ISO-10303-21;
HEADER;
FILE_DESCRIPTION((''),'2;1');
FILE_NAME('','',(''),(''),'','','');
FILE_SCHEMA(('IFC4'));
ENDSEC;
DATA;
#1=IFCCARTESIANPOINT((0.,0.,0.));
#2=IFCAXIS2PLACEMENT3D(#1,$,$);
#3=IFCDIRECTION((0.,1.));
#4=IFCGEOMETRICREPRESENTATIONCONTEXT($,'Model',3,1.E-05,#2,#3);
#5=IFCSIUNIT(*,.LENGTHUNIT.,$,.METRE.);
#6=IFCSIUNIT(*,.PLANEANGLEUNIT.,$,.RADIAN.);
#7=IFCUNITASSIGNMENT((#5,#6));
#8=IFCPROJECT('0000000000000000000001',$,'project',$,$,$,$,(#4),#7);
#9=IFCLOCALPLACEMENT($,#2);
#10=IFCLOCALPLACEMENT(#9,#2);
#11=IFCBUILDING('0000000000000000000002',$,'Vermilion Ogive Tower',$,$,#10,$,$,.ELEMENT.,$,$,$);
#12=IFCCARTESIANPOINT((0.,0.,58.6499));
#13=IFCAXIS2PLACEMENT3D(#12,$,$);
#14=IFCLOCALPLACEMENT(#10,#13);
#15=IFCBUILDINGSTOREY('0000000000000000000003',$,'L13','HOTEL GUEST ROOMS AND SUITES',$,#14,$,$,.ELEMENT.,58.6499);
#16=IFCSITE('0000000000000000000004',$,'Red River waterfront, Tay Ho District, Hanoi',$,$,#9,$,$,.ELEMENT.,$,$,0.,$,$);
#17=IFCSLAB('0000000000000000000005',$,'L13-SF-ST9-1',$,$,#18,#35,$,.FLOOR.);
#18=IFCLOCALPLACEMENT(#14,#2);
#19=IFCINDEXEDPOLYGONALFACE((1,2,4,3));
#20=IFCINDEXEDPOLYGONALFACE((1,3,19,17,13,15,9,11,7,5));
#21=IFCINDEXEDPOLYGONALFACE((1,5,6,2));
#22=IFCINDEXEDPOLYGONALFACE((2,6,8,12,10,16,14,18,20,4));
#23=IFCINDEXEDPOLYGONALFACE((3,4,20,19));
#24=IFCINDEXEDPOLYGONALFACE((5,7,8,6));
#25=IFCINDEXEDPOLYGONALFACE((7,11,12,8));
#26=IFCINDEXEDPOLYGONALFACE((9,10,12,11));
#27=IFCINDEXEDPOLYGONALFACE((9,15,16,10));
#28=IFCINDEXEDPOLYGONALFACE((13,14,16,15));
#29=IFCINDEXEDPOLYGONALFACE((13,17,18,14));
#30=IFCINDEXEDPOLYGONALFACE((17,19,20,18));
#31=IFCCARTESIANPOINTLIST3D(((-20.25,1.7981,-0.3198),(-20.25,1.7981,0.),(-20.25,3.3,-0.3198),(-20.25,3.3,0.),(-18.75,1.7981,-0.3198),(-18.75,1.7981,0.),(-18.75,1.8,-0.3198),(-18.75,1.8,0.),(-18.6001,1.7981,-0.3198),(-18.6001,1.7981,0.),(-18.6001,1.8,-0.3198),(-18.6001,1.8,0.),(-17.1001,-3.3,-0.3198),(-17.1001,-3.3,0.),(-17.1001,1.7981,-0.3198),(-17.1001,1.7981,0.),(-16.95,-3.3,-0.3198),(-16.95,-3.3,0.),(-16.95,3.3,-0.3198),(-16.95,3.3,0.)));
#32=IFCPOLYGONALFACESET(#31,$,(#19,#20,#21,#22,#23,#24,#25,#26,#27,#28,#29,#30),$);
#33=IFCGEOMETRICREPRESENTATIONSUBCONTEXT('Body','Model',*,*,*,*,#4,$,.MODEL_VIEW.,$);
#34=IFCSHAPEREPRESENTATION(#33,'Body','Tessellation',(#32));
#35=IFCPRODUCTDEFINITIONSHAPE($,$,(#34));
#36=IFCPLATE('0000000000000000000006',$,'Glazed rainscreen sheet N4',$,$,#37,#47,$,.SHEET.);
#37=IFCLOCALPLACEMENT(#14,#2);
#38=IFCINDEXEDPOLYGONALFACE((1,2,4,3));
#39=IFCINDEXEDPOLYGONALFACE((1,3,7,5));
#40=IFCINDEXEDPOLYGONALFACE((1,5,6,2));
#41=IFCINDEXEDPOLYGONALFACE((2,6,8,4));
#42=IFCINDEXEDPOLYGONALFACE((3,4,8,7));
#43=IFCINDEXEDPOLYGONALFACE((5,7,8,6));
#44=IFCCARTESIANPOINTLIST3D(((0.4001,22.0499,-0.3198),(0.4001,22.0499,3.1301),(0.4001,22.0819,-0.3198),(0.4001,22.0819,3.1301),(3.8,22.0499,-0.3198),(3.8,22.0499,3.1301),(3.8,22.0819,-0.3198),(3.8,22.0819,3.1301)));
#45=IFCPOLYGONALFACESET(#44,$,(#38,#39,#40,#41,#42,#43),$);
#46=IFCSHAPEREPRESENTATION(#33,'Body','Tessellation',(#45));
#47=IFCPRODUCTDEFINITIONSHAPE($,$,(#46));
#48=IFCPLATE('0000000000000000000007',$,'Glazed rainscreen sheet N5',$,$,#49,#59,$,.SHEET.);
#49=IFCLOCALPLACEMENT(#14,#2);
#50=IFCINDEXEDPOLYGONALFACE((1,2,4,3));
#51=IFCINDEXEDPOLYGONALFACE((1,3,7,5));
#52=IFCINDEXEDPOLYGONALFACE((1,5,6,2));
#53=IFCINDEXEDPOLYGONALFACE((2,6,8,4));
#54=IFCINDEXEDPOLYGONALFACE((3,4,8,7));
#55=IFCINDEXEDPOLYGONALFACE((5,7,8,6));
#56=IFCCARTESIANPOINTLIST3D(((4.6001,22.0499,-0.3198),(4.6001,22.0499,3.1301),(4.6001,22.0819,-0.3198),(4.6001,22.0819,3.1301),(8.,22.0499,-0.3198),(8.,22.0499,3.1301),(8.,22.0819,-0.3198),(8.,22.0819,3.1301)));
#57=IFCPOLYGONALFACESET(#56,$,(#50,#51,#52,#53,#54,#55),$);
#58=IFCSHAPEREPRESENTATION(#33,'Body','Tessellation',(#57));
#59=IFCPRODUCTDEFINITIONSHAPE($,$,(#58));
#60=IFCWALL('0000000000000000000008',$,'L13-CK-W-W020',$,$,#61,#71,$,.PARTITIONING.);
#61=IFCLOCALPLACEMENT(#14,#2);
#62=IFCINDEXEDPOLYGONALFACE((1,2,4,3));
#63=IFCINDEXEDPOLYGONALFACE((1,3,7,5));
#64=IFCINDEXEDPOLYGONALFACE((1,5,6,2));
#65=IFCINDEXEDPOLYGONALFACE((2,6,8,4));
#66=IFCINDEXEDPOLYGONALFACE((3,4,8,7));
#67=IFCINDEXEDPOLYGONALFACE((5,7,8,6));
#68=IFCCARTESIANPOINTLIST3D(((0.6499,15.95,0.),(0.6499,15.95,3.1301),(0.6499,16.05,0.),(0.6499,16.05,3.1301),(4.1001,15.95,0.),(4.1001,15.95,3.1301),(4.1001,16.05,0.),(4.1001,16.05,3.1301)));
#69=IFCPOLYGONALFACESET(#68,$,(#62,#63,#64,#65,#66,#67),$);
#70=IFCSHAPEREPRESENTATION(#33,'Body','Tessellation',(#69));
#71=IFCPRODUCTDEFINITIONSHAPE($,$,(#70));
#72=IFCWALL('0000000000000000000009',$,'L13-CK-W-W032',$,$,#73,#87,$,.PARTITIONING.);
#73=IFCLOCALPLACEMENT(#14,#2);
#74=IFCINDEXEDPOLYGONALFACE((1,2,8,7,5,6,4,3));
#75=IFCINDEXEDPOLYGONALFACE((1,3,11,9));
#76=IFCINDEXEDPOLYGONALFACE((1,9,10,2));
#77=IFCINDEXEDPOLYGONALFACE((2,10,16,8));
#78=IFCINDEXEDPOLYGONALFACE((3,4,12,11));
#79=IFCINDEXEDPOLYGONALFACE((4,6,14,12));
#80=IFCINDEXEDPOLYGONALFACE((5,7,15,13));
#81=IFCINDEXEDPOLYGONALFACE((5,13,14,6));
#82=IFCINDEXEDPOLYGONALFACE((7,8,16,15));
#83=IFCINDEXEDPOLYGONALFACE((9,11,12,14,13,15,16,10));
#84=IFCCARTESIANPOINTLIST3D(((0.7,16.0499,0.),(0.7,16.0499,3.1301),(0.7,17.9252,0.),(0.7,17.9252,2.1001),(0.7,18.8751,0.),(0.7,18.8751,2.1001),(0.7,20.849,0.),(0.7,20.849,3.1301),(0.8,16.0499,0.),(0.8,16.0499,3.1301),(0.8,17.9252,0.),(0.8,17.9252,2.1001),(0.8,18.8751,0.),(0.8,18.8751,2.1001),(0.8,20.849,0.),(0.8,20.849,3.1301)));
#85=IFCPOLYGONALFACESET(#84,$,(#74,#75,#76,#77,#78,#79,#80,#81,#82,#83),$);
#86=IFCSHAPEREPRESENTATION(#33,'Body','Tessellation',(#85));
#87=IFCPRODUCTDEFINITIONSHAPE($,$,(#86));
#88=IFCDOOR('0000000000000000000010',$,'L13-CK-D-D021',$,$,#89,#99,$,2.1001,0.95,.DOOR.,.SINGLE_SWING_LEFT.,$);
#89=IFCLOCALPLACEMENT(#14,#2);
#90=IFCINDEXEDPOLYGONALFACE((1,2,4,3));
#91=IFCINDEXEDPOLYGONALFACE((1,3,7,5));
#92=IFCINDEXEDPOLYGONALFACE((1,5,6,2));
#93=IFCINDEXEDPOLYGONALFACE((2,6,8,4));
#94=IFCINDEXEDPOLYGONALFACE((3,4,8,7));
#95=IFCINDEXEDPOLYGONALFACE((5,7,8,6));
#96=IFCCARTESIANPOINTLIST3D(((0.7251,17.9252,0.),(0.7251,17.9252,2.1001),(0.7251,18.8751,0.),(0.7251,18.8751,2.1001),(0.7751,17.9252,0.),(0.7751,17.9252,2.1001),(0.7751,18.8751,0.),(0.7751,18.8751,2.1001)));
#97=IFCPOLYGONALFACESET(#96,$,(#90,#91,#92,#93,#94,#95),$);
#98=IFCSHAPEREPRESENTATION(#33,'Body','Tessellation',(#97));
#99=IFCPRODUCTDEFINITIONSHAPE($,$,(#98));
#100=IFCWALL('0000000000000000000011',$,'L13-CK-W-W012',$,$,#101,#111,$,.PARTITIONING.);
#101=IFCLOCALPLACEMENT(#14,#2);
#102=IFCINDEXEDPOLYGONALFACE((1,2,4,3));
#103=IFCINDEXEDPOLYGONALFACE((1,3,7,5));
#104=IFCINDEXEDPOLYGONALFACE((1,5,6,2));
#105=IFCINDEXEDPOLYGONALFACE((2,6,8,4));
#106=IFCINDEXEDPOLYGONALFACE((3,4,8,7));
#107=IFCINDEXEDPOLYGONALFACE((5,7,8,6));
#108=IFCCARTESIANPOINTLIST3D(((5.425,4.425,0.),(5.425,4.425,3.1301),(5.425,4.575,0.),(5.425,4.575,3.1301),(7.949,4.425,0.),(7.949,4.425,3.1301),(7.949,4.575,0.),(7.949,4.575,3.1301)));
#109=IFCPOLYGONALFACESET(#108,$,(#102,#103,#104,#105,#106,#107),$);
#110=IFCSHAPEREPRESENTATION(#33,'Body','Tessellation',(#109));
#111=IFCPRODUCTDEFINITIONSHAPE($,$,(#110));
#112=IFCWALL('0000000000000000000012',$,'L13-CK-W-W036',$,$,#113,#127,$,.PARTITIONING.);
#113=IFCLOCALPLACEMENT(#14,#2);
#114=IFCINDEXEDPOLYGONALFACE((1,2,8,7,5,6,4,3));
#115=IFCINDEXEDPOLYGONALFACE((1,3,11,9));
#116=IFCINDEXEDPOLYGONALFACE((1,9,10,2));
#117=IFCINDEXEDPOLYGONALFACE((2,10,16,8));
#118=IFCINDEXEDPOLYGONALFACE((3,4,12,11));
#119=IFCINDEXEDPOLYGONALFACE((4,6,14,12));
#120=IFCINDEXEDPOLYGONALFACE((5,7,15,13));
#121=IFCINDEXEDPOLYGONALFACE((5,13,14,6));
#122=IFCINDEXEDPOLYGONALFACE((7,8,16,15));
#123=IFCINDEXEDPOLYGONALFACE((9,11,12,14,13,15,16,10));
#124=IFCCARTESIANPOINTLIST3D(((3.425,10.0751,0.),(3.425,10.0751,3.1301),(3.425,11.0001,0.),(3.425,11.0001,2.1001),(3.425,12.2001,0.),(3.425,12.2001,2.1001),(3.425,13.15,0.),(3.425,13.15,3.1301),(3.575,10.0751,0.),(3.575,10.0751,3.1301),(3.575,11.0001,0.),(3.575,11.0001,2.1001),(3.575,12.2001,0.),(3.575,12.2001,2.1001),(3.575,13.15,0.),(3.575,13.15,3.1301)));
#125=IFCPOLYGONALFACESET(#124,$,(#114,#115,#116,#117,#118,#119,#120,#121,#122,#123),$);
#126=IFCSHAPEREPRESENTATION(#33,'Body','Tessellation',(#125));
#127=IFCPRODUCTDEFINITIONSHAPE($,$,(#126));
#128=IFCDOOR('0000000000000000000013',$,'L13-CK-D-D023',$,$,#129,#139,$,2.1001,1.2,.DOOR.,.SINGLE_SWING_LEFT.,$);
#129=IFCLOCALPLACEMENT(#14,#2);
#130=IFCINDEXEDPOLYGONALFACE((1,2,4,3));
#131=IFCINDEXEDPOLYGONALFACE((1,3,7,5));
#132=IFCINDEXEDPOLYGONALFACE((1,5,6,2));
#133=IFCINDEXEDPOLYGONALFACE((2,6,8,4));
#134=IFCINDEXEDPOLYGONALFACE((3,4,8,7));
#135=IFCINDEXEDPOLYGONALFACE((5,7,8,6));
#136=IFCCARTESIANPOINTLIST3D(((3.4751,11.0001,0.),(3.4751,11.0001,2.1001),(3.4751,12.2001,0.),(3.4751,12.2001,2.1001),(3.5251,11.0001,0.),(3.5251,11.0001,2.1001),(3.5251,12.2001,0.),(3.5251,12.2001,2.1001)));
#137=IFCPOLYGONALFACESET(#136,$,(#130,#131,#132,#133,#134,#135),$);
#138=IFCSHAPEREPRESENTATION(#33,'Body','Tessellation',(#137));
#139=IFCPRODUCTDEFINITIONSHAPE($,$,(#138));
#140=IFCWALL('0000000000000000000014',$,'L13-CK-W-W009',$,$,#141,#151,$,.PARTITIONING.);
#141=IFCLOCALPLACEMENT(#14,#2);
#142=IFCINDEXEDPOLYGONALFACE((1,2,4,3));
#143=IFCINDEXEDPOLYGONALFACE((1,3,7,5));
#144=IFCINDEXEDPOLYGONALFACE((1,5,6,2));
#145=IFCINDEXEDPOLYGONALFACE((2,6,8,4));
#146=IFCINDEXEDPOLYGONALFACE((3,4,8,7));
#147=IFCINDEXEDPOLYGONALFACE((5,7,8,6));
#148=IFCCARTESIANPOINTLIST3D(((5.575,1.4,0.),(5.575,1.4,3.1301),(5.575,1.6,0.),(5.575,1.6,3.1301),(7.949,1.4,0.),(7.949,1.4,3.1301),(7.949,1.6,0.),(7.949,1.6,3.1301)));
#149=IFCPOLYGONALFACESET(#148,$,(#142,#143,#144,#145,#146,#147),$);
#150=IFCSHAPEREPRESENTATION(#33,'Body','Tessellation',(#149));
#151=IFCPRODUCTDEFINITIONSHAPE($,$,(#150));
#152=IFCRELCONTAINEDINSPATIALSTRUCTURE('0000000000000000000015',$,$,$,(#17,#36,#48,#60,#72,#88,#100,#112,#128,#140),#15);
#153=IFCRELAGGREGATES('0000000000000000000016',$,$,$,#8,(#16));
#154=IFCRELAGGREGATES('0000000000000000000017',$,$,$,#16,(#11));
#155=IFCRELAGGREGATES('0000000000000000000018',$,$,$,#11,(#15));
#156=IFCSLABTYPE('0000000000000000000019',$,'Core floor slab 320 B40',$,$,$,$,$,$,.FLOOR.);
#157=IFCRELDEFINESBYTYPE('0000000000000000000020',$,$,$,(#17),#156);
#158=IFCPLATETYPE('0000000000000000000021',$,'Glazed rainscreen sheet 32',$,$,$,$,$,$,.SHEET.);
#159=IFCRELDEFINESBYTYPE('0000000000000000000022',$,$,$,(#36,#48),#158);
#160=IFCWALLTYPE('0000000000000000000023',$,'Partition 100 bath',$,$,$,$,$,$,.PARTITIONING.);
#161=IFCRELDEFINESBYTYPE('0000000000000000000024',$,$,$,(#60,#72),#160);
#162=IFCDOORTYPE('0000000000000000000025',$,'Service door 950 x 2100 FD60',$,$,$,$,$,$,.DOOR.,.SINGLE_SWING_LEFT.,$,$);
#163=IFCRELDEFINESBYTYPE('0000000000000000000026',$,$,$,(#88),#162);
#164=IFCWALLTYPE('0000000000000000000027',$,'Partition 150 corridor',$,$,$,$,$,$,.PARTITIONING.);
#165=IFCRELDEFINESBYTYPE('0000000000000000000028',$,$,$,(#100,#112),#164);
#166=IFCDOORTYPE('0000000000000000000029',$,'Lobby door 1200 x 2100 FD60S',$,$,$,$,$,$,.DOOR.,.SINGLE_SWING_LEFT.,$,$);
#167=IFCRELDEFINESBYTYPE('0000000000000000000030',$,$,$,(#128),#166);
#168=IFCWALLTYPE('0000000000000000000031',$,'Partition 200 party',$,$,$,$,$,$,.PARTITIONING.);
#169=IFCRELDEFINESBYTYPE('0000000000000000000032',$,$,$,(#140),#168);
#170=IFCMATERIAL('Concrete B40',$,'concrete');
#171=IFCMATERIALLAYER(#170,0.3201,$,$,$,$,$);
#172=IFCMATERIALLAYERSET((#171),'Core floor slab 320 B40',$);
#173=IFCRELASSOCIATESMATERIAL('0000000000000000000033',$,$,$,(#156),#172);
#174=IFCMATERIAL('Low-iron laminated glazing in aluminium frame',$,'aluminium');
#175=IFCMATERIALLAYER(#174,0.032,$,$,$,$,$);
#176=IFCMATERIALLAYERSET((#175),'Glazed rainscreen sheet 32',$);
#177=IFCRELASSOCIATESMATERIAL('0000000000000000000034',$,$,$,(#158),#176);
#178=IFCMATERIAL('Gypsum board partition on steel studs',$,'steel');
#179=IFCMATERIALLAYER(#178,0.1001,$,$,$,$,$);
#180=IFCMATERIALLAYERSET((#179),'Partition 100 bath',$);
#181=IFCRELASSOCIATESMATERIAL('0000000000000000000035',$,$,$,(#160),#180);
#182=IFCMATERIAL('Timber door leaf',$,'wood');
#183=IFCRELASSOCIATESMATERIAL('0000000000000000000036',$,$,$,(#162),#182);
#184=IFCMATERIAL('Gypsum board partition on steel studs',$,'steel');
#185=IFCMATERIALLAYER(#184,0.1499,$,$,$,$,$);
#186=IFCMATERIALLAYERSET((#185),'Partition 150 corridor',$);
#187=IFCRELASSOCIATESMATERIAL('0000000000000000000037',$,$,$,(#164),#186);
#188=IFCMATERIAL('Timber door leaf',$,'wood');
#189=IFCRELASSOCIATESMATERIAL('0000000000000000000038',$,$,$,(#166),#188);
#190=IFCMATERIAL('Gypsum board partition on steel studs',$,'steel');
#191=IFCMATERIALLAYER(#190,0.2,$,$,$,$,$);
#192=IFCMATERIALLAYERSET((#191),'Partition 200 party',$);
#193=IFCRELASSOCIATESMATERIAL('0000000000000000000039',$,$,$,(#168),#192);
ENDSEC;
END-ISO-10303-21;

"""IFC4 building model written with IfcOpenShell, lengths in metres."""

from ifc_helpers import new_model, si_unit, direction, frame, frame_2d, origin, origin_2d, place, context, subcontext, project, spatial, polyline, rectangle, outline, extrude, material, layer, layer_set, type_object, element, fill, save


model = new_model("IFC4")

# Units and contexts
model_context = context("Model", 3, precision=1e-05, world=origin(), true_north=direction((0.0, 1.0)))
body_context = subcontext(model_context, "Body", "Model", "MODEL_VIEW")
ifc_project = project(units=[si_unit("LENGTHUNIT", "METRE"), si_unit("PLANEANGLEUNIT", "RADIAN")], contexts=[model_context])

# Site, building, storey
site_placement = place(None, origin())
site = spatial("IfcSite", under=ifc_project, at=site_placement, Name="Red River waterfront, Tay Ho District, Hanoi", CompositionType="ELEMENT", RefElevation=0.0)
building_placement = place(site_placement, origin())
building = spatial("IfcBuilding", under=site, at=building_placement, Name="Vermilion Ogive Tower", CompositionType="ELEMENT")
storey_placement = place(building_placement, frame((0.0, 0.0, 58.6499)))
storey = spatial("IfcBuildingStorey", under=building, at=storey_placement, Name="L13", Description="HOTEL GUEST ROOMS AND SUITES", CompositionType="ELEMENT", Elevation=58.6499)

# Slab
ifc_material_1 = material(Name="Concrete B40", Category="concrete")
ifc_layer_1 = layer(ifc_material_1, 0.3201)
ifc_layer_set_1 = layer_set([ifc_layer_1], Name="Core floor slab 320 B40")
slab_type = type_object("IfcSlabType", Name="Core floor slab 320 B40", PredefinedType="FLOOR", material=ifc_layer_set_1)
slab_placement = place(storey_placement, frame((0.0, 0.0, -0.3198)))
element("IfcSlab", 1, at=slab_placement, inside=storey, type_object=slab_type, Name="L13-SF-ST9-1", PredefinedType="FLOOR", context=body_context, shape_type="SweptSolid", body=[
    extrude(outline(polyline([(-20.25, 3.3), (-20.25, 1.7981), (-18.75, 1.7981), (-18.75, 1.8), (-18.6001, 1.8), (-18.6001, 1.7981), (-17.1001, 1.7981), (-17.1001, -3.3), (-16.95, -3.3), (-16.95, 3.3), (-20.25, 3.3)])), origin(), (0.0, 0.0, 1.0), 0.3198),
])

# Plates
ifc_material_2 = material(Name="Low-iron laminated glazing in aluminium frame", Category="aluminium")
ifc_layer_2 = layer(ifc_material_2, 0.032)
ifc_layer_set_2 = layer_set([ifc_layer_2], Name="Glazed rainscreen sheet 32")
plate_type = type_object("IfcPlateType", Name="Glazed rainscreen sheet 32", PredefinedType="SHEET", material=ifc_layer_set_2)
for number, where, z_axis, x_axis, name in (
    (2, (2.1001, 22.0659, -0.3198), (0.0, 0.0, 1.0), (1.0, 0.0, 0.0), "Glazed rainscreen sheet N4"),
    (3, (6.3, 22.0659, -0.3198), (0.0, 0.0, 1.0), (1.0, 0.0, 0.0), "Glazed rainscreen sheet N5"),
):
    element("IfcPlate", number, at=place(storey_placement, frame(where, z_axis=z_axis, x_axis=x_axis)), inside=storey, type_object=plate_type, Name=name, PredefinedType="SHEET", context=body_context, shape_type="SweptSolid", body=[
        extrude(rectangle(XDim=3.3999, YDim=0.032, at=origin_2d()), origin(), (0.0, 0.0, 1.0), 3.45),
    ])

# Wall
ifc_material_3 = material(Name="Gypsum board partition on steel studs", Category="steel")
ifc_layer_3 = layer(ifc_material_3, 0.1001)
ifc_layer_set_3 = layer_set([ifc_layer_3], Name="Partition 100 bath")
wall_type_1 = type_object("IfcWallType", Name="Partition 100 bath", PredefinedType="PARTITIONING", material=ifc_layer_set_3)
wall_1_placement = place(storey_placement, frame((0.6499, 16.0, 0.0), z_axis=(0.0, 0.0, 1.0), x_axis=(1.0, 0.0, 0.0)))
element("IfcWall", 4, at=wall_1_placement, inside=storey, type_object=wall_type_1, Name="L13-CK-W-W020", PredefinedType="PARTITIONING", context=body_context, shape_type="SweptSolid", body=[
    extrude(rectangle(XDim=3.4502, YDim=0.1001, at=frame_2d((1.7251, 0.0))), origin(), (0.0, 0.0, 1.0), 3.1301),
])

# Wall, opening, door
wall_2_placement = place(storey_placement, frame((0.75, 16.05, 0.0), z_axis=(0.0, 0.0, 1.0), x_axis=(0.0, 1.0, 0.0)))
wall_2 = element("IfcWall", 5, at=wall_2_placement, inside=storey, type_object=wall_type_1, Name="L13-CK-W-W032", PredefinedType="PARTITIONING", context=body_context, shape_type="SweptSolid", body=[
    extrude(rectangle(XDim=4.7991, YDim=0.1001, at=frame_2d((2.3994, 0.0))), origin(), (0.0, 0.0, 1.0), 3.1301),
])
opening_1_placement = place(wall_2_placement, frame((1.875, 0.0, 0.0)))
opening_1 = element("IfcOpeningElement", 6, at=opening_1_placement, cuts=wall_2, PredefinedType="OPENING", context=body_context, shape_type="SweptSolid", body=[
    extrude(rectangle(XDim=0.95, YDim=2.1001, at=frame_2d((0.4751, 1.05))), frame((0.0, 0.0601, 0.0), z_axis=(0.0, -1.0, 0.0), x_axis=(1.0, 0.0, 0.0)), (0.0, 0.0, 1.0), 0.1201),
])
ifc_material_4 = material(Name="Timber door leaf", Category="wood")
door_type_1 = type_object("IfcDoorType", Name="Service door 950 x 2100 FD60", OperationType="SINGLE_SWING_LEFT", PredefinedType="DOOR", material=ifc_material_4)
door_1_placement = place(opening_1_placement, origin())
door_1 = element("IfcDoor", 7, at=door_1_placement, inside=storey, type_object=door_type_1, Name="L13-CK-D-D021", OperationType="SINGLE_SWING_LEFT", OverallHeight=2.1001, OverallWidth=0.95, PredefinedType="DOOR", context=body_context, shape_type="SweptSolid", body=[
    extrude(rectangle(XDim=0.95, YDim=2.1001, at=frame_2d((0.4751, 1.05))), frame((0.0, 0.0249, 0.0), z_axis=(0.0, -1.0, 0.0), x_axis=(1.0, 0.0, 0.0)), (0.0, 0.0, 1.0), 0.05),
])
fill(opening_1, door_1)

# Wall
ifc_material_5 = material(Name="Gypsum board partition on steel studs", Category="steel")
ifc_layer_4 = layer(ifc_material_5, 0.1499)
ifc_layer_set_4 = layer_set([ifc_layer_4], Name="Partition 150 corridor")
wall_type_2 = type_object("IfcWallType", Name="Partition 150 corridor", PredefinedType="PARTITIONING", material=ifc_layer_set_4)
wall_3_placement = place(storey_placement, frame((5.425, 4.5, 0.0), z_axis=(0.0, 0.0, 1.0), x_axis=(1.0, 0.0, 0.0)))
element("IfcWall", 8, at=wall_3_placement, inside=storey, type_object=wall_type_2, Name="L13-CK-W-W012", PredefinedType="PARTITIONING", context=body_context, shape_type="SweptSolid", body=[
    extrude(rectangle(XDim=2.5239, YDim=0.1499, at=frame_2d((1.262, 0.0))), origin(), (0.0, 0.0, 1.0), 3.1301),
])

# Wall, opening, door
wall_4_placement = place(storey_placement, frame((3.5, 10.075, 0.0), z_axis=(0.0, 0.0, 1.0), x_axis=(0.0, 1.0, 0.0)))
wall_4 = element("IfcWall", 9, at=wall_4_placement, inside=storey, type_object=wall_type_2, Name="L13-CK-W-W036", PredefinedType="PARTITIONING", context=body_context, shape_type="SweptSolid", body=[
    extrude(rectangle(XDim=3.075, YDim=0.1499, at=frame_2d((1.5376, 0.0))), origin(), (0.0, 0.0, 1.0), 3.1301),
])
opening_2_placement = place(wall_4_placement, frame((0.925, 0.0, 0.0)))
opening_2 = element("IfcOpeningElement", 10, at=opening_2_placement, cuts=wall_4, PredefinedType="OPENING", context=body_context, shape_type="SweptSolid", body=[
    extrude(rectangle(XDim=1.2, YDim=2.1001, at=frame_2d((0.6001, 1.05))), frame((0.0, 0.085, 0.0), z_axis=(0.0, -1.0, 0.0), x_axis=(1.0, 0.0, 0.0)), (0.0, 0.0, 1.0), 0.1699),
])
ifc_material_6 = material(Name="Timber door leaf", Category="wood")
door_type_2 = type_object("IfcDoorType", Name="Lobby door 1200 x 2100 FD60S", OperationType="SINGLE_SWING_LEFT", PredefinedType="DOOR", material=ifc_material_6)
door_2_placement = place(opening_2_placement, origin())
door_2 = element("IfcDoor", 11, at=door_2_placement, inside=storey, type_object=door_type_2, Name="L13-CK-D-D023", OperationType="SINGLE_SWING_LEFT", OverallHeight=2.1001, OverallWidth=1.2, PredefinedType="DOOR", context=body_context, shape_type="SweptSolid", body=[
    extrude(rectangle(XDim=1.2, YDim=2.1001, at=frame_2d((0.6001, 1.05))), frame((0.0, 0.0249, 0.0), z_axis=(0.0, -1.0, 0.0), x_axis=(1.0, 0.0, 0.0)), (0.0, 0.0, 1.0), 0.05),
])
fill(opening_2, door_2)

# Wall
ifc_material_7 = material(Name="Gypsum board partition on steel studs", Category="steel")
ifc_layer_5 = layer(ifc_material_7, 0.2)
ifc_layer_set_5 = layer_set([ifc_layer_5], Name="Partition 200 party")
wall_type_3 = type_object("IfcWallType", Name="Partition 200 party", PredefinedType="PARTITIONING", material=ifc_layer_set_5)
wall_5_placement = place(storey_placement, frame((5.575, 1.5, 0.0), z_axis=(0.0, 0.0, 1.0), x_axis=(1.0, 0.0, 0.0)))
element("IfcWall", 12, at=wall_5_placement, inside=storey, type_object=wall_type_3, Name="L13-CK-W-W009", PredefinedType="PARTITIONING", context=body_context, shape_type="SweptSolid", body=[
    extrude(rectangle(XDim=2.374, YDim=0.2, at=frame_2d((1.187, 0.0))), origin(), (0.0, 0.0, 1.0), 3.1301),
])

save(model, "model.ifc")
